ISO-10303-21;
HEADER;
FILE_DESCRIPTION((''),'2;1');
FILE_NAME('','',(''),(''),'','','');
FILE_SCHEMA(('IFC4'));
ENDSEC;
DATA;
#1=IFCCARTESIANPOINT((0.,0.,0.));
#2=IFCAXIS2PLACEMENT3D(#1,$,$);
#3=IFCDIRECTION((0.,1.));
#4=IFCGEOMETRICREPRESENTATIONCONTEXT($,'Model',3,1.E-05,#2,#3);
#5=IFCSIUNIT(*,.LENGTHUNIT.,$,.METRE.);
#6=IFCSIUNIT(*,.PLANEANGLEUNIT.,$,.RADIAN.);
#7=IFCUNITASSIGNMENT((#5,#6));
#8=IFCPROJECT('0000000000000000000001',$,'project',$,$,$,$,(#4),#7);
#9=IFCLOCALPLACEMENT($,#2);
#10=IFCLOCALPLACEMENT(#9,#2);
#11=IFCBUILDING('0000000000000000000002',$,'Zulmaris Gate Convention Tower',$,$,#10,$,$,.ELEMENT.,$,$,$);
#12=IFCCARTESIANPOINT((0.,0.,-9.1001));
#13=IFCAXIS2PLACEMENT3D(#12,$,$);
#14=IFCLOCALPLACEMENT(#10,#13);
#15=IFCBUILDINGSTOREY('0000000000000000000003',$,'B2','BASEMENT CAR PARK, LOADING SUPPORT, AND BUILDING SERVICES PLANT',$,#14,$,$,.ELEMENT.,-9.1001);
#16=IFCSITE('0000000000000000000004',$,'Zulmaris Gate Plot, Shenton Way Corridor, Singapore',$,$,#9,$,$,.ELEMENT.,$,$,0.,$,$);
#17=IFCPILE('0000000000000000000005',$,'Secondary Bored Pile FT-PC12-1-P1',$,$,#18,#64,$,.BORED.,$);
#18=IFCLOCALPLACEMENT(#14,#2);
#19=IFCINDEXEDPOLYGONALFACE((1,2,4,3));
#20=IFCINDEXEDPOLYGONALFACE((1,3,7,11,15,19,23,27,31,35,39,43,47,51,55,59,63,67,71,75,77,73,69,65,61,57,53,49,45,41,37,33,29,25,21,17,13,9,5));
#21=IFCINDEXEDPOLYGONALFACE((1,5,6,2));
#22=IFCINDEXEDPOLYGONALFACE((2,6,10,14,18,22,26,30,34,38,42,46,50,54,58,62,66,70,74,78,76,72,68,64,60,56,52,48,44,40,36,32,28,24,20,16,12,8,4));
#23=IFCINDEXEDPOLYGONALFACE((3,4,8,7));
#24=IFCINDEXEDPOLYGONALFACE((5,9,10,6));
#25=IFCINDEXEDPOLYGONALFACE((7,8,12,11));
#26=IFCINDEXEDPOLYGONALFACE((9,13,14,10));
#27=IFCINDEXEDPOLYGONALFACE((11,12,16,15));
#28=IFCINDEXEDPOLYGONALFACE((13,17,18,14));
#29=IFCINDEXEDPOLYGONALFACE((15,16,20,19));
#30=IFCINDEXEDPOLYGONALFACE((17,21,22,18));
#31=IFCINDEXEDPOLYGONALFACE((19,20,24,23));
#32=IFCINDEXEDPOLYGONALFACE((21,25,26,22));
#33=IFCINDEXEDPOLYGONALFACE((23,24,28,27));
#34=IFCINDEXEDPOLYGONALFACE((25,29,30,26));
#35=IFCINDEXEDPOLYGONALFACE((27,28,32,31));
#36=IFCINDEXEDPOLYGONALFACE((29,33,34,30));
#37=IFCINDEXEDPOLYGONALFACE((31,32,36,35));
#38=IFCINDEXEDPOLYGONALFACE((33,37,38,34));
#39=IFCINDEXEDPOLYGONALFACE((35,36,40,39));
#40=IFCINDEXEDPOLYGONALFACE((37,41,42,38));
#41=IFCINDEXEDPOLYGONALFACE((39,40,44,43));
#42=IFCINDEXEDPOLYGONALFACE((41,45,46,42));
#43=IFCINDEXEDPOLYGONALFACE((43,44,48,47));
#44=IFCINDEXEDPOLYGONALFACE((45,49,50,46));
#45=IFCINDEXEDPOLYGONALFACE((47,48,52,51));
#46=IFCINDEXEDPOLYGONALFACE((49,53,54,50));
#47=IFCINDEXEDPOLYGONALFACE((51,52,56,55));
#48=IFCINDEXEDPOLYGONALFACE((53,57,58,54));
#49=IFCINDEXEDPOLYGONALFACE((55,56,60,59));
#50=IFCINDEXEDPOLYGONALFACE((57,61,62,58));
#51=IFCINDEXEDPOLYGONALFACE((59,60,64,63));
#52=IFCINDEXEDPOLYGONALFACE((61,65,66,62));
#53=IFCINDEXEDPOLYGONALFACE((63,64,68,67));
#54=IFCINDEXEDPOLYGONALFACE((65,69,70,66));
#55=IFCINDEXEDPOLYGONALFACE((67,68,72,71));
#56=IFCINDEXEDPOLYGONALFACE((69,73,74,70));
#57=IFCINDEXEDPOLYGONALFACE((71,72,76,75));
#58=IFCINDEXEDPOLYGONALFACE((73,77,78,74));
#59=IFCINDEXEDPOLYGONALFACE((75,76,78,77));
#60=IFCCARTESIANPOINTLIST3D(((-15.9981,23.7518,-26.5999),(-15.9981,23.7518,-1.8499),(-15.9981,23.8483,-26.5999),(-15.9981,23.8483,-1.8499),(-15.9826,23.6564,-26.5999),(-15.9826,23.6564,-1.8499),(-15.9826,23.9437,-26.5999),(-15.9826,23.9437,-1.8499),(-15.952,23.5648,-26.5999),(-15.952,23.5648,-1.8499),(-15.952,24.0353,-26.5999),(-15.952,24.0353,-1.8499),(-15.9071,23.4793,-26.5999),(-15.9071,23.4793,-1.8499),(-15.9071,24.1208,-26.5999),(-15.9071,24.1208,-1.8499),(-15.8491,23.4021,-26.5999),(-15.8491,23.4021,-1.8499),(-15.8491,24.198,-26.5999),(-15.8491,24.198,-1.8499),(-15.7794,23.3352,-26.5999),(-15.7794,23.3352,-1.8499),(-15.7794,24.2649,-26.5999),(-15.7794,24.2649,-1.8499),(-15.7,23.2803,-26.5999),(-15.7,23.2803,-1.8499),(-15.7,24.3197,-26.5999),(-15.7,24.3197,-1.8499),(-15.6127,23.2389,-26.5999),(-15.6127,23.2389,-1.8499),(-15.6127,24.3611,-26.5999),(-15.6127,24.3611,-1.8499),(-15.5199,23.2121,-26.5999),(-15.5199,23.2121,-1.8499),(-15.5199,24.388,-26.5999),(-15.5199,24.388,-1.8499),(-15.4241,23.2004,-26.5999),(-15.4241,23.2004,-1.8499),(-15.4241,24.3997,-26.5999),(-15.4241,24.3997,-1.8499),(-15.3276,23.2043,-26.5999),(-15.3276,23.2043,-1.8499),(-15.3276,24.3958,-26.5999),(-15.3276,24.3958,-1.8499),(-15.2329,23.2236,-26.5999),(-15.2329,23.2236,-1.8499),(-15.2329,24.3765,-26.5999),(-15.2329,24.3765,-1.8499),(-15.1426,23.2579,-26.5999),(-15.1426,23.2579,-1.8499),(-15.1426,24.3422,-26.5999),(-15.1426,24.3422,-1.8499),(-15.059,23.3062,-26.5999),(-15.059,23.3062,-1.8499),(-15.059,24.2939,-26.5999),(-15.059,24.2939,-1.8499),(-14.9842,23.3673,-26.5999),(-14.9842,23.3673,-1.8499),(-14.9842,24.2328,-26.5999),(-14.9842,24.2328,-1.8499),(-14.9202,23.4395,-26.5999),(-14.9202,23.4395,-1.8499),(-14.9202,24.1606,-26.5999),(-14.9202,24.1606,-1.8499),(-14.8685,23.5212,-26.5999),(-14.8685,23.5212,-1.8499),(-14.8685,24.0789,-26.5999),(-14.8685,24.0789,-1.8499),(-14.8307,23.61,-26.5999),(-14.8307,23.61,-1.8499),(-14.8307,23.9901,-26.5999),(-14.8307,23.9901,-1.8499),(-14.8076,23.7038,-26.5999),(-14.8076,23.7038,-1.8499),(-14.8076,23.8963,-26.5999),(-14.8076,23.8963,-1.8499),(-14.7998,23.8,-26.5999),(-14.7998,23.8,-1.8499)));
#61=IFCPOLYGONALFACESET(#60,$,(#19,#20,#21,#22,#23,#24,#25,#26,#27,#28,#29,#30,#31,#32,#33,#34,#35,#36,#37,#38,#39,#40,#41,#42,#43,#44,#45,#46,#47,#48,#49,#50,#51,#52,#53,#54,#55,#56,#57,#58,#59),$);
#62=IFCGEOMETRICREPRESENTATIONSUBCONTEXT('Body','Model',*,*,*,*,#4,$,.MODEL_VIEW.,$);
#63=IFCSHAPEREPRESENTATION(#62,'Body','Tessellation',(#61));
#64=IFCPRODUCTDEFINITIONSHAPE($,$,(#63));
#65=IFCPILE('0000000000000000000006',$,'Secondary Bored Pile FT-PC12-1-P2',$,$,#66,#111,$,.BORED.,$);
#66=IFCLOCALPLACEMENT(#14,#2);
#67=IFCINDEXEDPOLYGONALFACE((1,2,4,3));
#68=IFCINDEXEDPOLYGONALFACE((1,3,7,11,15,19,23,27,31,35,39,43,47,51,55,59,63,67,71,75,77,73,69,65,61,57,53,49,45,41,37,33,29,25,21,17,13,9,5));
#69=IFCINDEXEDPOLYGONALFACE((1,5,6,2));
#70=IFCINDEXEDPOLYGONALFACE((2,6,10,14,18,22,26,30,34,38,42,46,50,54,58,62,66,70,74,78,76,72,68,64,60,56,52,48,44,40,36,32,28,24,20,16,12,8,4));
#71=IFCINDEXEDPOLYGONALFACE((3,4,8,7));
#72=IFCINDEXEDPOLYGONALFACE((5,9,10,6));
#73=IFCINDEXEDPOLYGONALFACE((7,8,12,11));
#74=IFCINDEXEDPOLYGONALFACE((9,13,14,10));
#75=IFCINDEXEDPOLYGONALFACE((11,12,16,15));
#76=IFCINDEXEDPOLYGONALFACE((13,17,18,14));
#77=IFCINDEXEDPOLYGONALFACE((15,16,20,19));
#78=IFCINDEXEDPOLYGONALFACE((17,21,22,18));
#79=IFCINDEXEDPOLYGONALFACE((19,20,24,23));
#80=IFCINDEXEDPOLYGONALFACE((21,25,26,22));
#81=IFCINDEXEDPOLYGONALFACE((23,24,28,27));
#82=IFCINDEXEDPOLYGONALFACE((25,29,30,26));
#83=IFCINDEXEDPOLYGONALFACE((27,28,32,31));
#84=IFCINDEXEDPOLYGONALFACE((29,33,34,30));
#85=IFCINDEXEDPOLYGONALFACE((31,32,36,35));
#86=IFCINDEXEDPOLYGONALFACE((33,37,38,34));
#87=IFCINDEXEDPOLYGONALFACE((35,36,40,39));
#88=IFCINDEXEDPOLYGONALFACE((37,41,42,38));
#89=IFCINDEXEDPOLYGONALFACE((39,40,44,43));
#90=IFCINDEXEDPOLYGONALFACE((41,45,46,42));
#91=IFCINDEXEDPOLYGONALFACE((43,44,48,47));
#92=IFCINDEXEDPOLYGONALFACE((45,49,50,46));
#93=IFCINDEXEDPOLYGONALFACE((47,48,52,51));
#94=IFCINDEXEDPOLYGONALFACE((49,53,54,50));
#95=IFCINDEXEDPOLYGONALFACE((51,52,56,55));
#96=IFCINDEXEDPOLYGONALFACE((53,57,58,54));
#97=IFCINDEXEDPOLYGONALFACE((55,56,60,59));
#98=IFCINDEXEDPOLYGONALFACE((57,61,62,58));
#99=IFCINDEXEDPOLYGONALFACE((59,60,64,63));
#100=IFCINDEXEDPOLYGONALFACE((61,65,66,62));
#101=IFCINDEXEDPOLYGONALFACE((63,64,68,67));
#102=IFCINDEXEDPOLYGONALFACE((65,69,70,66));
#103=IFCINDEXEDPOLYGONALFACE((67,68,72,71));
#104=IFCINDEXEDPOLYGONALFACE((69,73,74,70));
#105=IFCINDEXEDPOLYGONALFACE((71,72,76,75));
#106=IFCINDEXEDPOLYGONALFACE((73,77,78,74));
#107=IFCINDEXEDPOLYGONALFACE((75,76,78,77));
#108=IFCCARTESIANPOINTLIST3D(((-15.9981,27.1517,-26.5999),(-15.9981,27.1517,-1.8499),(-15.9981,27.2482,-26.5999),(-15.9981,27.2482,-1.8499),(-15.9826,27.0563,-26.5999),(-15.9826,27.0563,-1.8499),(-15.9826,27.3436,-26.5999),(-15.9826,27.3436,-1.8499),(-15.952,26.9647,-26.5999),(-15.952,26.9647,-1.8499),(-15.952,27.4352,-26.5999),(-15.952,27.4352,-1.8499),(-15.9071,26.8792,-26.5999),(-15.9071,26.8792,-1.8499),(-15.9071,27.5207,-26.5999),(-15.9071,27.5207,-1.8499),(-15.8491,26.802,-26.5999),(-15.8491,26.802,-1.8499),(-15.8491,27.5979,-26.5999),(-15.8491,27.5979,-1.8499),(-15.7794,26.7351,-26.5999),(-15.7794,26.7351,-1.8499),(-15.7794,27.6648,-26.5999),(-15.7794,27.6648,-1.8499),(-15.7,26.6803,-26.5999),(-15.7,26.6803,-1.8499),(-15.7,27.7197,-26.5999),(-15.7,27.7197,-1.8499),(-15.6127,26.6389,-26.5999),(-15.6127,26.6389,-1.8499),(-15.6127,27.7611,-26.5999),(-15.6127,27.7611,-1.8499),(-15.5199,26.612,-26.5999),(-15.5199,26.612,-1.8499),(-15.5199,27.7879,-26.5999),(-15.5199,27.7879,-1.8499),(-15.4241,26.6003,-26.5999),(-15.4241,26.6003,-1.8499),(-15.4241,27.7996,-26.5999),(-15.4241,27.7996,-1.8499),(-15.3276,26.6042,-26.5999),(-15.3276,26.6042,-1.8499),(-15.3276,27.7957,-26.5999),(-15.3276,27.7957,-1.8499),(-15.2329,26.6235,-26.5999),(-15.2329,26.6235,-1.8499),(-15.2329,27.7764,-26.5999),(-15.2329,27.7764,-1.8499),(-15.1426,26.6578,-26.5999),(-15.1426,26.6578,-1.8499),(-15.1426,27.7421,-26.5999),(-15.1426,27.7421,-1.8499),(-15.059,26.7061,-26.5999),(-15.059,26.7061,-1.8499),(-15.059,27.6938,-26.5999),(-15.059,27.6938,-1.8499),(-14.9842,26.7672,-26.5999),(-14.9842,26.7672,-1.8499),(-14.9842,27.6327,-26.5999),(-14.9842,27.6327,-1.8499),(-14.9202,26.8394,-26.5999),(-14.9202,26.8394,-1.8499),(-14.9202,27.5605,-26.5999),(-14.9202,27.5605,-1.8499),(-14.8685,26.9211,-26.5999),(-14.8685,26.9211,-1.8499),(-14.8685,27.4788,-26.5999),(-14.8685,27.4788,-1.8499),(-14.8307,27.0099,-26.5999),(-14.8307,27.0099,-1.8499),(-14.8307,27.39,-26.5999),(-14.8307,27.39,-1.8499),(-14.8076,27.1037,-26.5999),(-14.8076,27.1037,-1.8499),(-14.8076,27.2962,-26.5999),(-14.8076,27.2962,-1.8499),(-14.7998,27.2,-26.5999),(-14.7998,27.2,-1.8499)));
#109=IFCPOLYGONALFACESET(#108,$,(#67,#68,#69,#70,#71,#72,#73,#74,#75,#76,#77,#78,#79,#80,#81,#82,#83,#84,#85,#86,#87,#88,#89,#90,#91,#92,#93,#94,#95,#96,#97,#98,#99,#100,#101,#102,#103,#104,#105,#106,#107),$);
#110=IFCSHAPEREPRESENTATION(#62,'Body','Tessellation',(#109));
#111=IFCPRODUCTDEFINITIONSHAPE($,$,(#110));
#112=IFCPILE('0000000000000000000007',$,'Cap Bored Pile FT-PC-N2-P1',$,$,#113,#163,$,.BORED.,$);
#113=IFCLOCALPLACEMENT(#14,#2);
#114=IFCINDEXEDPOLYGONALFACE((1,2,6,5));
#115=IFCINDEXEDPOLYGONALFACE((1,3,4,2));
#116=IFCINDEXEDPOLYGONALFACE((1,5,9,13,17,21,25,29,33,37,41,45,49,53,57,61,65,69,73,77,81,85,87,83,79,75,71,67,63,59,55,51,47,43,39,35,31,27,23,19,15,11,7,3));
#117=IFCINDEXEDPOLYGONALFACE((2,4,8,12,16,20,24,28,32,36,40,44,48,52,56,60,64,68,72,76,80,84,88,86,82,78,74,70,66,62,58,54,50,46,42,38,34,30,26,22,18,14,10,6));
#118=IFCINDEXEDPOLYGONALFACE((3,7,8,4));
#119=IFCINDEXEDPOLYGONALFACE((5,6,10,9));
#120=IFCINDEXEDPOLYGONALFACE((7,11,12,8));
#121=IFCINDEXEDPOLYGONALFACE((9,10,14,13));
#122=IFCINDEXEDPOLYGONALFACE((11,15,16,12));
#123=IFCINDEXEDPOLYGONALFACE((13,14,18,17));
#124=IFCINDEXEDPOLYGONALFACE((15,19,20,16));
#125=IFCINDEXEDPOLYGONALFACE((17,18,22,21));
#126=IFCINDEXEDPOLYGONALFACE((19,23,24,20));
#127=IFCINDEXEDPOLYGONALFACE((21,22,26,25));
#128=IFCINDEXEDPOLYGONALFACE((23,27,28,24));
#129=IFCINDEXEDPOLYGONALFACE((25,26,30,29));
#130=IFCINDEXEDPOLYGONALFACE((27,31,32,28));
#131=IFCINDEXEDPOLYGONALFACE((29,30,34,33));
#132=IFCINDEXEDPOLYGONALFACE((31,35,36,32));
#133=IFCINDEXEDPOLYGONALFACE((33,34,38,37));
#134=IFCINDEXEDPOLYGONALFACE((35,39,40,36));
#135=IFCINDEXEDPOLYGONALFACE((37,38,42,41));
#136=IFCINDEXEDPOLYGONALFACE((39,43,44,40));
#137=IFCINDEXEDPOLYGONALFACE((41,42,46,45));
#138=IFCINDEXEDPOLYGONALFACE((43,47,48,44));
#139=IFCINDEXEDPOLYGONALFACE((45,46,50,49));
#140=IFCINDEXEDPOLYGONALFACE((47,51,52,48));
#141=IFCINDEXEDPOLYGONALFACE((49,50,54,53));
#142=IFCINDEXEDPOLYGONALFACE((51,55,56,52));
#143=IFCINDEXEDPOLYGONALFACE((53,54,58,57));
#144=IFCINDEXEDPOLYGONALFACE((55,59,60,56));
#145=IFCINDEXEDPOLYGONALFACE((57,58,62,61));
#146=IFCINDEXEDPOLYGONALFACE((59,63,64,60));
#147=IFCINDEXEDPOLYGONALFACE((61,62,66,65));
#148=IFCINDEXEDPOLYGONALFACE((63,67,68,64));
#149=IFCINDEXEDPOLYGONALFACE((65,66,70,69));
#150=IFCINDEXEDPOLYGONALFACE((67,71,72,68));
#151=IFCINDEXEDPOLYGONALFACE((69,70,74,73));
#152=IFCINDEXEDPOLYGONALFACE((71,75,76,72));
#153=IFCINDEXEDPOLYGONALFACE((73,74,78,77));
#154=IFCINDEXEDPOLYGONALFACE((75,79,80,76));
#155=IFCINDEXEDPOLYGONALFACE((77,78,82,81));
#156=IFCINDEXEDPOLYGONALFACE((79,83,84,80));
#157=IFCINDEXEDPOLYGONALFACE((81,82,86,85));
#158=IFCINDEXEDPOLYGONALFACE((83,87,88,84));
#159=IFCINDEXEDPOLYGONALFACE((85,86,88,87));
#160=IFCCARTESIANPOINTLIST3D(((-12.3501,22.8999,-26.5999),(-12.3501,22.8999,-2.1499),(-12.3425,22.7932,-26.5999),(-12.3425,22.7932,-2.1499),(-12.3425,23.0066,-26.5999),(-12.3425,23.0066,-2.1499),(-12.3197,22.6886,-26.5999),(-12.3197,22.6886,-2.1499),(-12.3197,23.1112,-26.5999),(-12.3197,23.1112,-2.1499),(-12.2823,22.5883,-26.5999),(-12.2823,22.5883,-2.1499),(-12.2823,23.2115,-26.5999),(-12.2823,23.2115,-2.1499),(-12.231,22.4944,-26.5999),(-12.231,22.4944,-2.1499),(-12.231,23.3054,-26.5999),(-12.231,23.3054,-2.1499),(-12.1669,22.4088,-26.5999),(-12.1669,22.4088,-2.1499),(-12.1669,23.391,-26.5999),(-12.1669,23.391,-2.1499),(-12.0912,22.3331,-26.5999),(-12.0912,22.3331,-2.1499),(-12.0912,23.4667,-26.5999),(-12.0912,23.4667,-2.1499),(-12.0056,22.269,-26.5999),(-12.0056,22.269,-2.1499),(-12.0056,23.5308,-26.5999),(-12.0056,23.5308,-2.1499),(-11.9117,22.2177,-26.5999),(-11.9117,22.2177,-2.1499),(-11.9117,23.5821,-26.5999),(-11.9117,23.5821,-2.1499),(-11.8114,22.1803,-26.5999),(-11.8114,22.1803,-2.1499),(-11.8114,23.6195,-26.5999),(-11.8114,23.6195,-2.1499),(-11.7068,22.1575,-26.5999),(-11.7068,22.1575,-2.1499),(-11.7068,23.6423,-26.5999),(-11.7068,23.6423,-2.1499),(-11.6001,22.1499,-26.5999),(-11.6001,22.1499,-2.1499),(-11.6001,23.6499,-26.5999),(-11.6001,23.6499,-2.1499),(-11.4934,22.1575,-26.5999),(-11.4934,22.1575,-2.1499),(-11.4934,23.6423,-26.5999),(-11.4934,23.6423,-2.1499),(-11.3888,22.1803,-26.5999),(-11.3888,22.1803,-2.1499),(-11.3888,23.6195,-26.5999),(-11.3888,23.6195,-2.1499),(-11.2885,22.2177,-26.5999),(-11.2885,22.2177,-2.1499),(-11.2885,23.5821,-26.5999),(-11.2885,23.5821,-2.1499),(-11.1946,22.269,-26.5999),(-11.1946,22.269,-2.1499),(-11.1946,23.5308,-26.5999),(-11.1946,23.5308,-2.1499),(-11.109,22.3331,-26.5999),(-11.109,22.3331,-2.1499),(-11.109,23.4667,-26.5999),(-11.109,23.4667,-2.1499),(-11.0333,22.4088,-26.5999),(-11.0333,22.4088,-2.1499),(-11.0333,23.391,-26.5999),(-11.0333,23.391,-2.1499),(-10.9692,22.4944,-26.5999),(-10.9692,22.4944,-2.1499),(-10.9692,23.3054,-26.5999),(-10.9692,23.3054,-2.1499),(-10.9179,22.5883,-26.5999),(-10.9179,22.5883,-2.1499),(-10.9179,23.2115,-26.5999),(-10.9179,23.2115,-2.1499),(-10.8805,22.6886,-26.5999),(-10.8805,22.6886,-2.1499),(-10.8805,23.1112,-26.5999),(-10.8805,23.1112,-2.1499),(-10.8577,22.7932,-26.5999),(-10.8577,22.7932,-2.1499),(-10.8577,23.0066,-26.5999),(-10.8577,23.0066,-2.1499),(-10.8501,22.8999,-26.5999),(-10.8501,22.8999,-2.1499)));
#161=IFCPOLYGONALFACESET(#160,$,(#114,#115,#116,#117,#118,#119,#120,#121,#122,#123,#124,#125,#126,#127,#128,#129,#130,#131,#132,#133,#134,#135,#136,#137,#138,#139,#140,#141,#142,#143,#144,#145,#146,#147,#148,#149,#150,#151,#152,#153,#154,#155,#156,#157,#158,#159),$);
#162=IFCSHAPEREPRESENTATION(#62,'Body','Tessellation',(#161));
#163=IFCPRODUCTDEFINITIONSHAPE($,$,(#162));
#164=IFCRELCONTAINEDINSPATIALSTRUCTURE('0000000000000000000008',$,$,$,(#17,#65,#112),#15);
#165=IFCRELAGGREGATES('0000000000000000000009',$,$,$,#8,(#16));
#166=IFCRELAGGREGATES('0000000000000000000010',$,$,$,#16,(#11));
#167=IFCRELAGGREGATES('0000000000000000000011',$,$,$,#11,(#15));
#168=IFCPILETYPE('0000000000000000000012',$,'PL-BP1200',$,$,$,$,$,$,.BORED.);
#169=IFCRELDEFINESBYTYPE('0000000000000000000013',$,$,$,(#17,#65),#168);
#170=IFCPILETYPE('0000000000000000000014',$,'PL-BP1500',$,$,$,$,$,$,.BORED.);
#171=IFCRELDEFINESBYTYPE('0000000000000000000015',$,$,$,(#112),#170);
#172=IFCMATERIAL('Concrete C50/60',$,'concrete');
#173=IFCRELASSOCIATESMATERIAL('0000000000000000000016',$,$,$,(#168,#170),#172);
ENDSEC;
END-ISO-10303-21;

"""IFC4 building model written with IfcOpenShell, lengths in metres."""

from ifc_helpers import new_model, si_unit, direction, frame, origin, origin_2d, place, context, subcontext, project, spatial, circle, extrude, material, material_profile, profile_set, type_object, element, save


model = new_model("IFC4")

# Units and contexts
model_context = context("Model", 3, precision=1e-05, world=origin(), true_north=direction((0.0, 1.0)))
body_context = subcontext(model_context, "Body", "Model", "MODEL_VIEW")
ifc_project = project(units=[si_unit("LENGTHUNIT", "METRE"), si_unit("PLANEANGLEUNIT", "RADIAN")], contexts=[model_context])

# Site, building, storey
site_placement = place(None, origin())
site = spatial("IfcSite", under=ifc_project, at=site_placement, Name="Zulmaris Gate Plot, Shenton Way Corridor, Singapore", CompositionType="ELEMENT", RefElevation=0.0)
building_placement = place(site_placement, origin())
building = spatial("IfcBuilding", under=site, at=building_placement, Name="Zulmaris Gate Convention Tower", CompositionType="ELEMENT")
storey_placement = place(building_placement, frame((0.0, 0.0, -9.1001)))
storey = spatial("IfcBuildingStorey", under=building, at=storey_placement, Name="B2", Description="BASEMENT CAR PARK, LOADING SUPPORT, AND BUILDING SERVICES PLANT", CompositionType="ELEMENT", Elevation=-9.1001)

# Piles
ifc_material_1 = material(Name="Concrete C50/60", Category="concrete")
ifc_material_profile_1 = material_profile(ifc_material_1, circle(Radius=0.6001, at=origin_2d()), Name="BORED PILE 1200")
ifc_profile_set_1 = profile_set([ifc_material_profile_1], Name="Concrete C50/60")
pile_type_1 = type_object("IfcPileType", Name="PL-BP1200", PredefinedType="BORED", material=ifc_profile_set_1)
for number, where, z_axis, x_axis, name in (
    (1, (-15.3999, 23.8, -1.8499), (0.0, 0.0, -1.0), (1.0, 0.0, 0.0), "Secondary Bored Pile FT-PC12-1-P1"),
    (2, (-15.3999, 27.2, -1.8499), (0.0, 0.0, -1.0), (1.0, 0.0, 0.0), "Secondary Bored Pile FT-PC12-1-P2"),
):
    element("IfcPile", number, at=place(storey_placement, frame(where, z_axis=z_axis, x_axis=x_axis)), inside=storey, type_object=pile_type_1, Name=name, PredefinedType="BORED", context=body_context, shape_type="SweptSolid", body=[
        extrude(circle(Radius=0.6001, at=origin_2d()), origin(), (0.0, 0.0, 1.0), 24.75),
    ])
ifc_material_profile_2 = material_profile(ifc_material_1, circle(Radius=0.75, at=origin_2d()), Name="BORED PILE 1500")
ifc_profile_set_2 = profile_set([ifc_material_profile_2], Name="Concrete C50/60")
pile_type_2 = type_object("IfcPileType", Name="PL-BP1500", PredefinedType="BORED", material=ifc_profile_set_2)
for number, where, z_axis, x_axis, name in (
    (3, (-11.6001, 22.8999, -2.1499), (0.0, 0.0, -1.0), (1.0, 0.0, 0.0), "Cap Bored Pile FT-PC-N2-P1"),
):
    element("IfcPile", number, at=place(storey_placement, frame(where, z_axis=z_axis, x_axis=x_axis)), inside=storey, type_object=pile_type_2, Name=name, PredefinedType="BORED", context=body_context, shape_type="SweptSolid", body=[
        extrude(circle(Radius=0.75, at=origin_2d()), origin(), (0.0, 0.0, 1.0), 24.45),
    ])

save(model, "model.ifc")
